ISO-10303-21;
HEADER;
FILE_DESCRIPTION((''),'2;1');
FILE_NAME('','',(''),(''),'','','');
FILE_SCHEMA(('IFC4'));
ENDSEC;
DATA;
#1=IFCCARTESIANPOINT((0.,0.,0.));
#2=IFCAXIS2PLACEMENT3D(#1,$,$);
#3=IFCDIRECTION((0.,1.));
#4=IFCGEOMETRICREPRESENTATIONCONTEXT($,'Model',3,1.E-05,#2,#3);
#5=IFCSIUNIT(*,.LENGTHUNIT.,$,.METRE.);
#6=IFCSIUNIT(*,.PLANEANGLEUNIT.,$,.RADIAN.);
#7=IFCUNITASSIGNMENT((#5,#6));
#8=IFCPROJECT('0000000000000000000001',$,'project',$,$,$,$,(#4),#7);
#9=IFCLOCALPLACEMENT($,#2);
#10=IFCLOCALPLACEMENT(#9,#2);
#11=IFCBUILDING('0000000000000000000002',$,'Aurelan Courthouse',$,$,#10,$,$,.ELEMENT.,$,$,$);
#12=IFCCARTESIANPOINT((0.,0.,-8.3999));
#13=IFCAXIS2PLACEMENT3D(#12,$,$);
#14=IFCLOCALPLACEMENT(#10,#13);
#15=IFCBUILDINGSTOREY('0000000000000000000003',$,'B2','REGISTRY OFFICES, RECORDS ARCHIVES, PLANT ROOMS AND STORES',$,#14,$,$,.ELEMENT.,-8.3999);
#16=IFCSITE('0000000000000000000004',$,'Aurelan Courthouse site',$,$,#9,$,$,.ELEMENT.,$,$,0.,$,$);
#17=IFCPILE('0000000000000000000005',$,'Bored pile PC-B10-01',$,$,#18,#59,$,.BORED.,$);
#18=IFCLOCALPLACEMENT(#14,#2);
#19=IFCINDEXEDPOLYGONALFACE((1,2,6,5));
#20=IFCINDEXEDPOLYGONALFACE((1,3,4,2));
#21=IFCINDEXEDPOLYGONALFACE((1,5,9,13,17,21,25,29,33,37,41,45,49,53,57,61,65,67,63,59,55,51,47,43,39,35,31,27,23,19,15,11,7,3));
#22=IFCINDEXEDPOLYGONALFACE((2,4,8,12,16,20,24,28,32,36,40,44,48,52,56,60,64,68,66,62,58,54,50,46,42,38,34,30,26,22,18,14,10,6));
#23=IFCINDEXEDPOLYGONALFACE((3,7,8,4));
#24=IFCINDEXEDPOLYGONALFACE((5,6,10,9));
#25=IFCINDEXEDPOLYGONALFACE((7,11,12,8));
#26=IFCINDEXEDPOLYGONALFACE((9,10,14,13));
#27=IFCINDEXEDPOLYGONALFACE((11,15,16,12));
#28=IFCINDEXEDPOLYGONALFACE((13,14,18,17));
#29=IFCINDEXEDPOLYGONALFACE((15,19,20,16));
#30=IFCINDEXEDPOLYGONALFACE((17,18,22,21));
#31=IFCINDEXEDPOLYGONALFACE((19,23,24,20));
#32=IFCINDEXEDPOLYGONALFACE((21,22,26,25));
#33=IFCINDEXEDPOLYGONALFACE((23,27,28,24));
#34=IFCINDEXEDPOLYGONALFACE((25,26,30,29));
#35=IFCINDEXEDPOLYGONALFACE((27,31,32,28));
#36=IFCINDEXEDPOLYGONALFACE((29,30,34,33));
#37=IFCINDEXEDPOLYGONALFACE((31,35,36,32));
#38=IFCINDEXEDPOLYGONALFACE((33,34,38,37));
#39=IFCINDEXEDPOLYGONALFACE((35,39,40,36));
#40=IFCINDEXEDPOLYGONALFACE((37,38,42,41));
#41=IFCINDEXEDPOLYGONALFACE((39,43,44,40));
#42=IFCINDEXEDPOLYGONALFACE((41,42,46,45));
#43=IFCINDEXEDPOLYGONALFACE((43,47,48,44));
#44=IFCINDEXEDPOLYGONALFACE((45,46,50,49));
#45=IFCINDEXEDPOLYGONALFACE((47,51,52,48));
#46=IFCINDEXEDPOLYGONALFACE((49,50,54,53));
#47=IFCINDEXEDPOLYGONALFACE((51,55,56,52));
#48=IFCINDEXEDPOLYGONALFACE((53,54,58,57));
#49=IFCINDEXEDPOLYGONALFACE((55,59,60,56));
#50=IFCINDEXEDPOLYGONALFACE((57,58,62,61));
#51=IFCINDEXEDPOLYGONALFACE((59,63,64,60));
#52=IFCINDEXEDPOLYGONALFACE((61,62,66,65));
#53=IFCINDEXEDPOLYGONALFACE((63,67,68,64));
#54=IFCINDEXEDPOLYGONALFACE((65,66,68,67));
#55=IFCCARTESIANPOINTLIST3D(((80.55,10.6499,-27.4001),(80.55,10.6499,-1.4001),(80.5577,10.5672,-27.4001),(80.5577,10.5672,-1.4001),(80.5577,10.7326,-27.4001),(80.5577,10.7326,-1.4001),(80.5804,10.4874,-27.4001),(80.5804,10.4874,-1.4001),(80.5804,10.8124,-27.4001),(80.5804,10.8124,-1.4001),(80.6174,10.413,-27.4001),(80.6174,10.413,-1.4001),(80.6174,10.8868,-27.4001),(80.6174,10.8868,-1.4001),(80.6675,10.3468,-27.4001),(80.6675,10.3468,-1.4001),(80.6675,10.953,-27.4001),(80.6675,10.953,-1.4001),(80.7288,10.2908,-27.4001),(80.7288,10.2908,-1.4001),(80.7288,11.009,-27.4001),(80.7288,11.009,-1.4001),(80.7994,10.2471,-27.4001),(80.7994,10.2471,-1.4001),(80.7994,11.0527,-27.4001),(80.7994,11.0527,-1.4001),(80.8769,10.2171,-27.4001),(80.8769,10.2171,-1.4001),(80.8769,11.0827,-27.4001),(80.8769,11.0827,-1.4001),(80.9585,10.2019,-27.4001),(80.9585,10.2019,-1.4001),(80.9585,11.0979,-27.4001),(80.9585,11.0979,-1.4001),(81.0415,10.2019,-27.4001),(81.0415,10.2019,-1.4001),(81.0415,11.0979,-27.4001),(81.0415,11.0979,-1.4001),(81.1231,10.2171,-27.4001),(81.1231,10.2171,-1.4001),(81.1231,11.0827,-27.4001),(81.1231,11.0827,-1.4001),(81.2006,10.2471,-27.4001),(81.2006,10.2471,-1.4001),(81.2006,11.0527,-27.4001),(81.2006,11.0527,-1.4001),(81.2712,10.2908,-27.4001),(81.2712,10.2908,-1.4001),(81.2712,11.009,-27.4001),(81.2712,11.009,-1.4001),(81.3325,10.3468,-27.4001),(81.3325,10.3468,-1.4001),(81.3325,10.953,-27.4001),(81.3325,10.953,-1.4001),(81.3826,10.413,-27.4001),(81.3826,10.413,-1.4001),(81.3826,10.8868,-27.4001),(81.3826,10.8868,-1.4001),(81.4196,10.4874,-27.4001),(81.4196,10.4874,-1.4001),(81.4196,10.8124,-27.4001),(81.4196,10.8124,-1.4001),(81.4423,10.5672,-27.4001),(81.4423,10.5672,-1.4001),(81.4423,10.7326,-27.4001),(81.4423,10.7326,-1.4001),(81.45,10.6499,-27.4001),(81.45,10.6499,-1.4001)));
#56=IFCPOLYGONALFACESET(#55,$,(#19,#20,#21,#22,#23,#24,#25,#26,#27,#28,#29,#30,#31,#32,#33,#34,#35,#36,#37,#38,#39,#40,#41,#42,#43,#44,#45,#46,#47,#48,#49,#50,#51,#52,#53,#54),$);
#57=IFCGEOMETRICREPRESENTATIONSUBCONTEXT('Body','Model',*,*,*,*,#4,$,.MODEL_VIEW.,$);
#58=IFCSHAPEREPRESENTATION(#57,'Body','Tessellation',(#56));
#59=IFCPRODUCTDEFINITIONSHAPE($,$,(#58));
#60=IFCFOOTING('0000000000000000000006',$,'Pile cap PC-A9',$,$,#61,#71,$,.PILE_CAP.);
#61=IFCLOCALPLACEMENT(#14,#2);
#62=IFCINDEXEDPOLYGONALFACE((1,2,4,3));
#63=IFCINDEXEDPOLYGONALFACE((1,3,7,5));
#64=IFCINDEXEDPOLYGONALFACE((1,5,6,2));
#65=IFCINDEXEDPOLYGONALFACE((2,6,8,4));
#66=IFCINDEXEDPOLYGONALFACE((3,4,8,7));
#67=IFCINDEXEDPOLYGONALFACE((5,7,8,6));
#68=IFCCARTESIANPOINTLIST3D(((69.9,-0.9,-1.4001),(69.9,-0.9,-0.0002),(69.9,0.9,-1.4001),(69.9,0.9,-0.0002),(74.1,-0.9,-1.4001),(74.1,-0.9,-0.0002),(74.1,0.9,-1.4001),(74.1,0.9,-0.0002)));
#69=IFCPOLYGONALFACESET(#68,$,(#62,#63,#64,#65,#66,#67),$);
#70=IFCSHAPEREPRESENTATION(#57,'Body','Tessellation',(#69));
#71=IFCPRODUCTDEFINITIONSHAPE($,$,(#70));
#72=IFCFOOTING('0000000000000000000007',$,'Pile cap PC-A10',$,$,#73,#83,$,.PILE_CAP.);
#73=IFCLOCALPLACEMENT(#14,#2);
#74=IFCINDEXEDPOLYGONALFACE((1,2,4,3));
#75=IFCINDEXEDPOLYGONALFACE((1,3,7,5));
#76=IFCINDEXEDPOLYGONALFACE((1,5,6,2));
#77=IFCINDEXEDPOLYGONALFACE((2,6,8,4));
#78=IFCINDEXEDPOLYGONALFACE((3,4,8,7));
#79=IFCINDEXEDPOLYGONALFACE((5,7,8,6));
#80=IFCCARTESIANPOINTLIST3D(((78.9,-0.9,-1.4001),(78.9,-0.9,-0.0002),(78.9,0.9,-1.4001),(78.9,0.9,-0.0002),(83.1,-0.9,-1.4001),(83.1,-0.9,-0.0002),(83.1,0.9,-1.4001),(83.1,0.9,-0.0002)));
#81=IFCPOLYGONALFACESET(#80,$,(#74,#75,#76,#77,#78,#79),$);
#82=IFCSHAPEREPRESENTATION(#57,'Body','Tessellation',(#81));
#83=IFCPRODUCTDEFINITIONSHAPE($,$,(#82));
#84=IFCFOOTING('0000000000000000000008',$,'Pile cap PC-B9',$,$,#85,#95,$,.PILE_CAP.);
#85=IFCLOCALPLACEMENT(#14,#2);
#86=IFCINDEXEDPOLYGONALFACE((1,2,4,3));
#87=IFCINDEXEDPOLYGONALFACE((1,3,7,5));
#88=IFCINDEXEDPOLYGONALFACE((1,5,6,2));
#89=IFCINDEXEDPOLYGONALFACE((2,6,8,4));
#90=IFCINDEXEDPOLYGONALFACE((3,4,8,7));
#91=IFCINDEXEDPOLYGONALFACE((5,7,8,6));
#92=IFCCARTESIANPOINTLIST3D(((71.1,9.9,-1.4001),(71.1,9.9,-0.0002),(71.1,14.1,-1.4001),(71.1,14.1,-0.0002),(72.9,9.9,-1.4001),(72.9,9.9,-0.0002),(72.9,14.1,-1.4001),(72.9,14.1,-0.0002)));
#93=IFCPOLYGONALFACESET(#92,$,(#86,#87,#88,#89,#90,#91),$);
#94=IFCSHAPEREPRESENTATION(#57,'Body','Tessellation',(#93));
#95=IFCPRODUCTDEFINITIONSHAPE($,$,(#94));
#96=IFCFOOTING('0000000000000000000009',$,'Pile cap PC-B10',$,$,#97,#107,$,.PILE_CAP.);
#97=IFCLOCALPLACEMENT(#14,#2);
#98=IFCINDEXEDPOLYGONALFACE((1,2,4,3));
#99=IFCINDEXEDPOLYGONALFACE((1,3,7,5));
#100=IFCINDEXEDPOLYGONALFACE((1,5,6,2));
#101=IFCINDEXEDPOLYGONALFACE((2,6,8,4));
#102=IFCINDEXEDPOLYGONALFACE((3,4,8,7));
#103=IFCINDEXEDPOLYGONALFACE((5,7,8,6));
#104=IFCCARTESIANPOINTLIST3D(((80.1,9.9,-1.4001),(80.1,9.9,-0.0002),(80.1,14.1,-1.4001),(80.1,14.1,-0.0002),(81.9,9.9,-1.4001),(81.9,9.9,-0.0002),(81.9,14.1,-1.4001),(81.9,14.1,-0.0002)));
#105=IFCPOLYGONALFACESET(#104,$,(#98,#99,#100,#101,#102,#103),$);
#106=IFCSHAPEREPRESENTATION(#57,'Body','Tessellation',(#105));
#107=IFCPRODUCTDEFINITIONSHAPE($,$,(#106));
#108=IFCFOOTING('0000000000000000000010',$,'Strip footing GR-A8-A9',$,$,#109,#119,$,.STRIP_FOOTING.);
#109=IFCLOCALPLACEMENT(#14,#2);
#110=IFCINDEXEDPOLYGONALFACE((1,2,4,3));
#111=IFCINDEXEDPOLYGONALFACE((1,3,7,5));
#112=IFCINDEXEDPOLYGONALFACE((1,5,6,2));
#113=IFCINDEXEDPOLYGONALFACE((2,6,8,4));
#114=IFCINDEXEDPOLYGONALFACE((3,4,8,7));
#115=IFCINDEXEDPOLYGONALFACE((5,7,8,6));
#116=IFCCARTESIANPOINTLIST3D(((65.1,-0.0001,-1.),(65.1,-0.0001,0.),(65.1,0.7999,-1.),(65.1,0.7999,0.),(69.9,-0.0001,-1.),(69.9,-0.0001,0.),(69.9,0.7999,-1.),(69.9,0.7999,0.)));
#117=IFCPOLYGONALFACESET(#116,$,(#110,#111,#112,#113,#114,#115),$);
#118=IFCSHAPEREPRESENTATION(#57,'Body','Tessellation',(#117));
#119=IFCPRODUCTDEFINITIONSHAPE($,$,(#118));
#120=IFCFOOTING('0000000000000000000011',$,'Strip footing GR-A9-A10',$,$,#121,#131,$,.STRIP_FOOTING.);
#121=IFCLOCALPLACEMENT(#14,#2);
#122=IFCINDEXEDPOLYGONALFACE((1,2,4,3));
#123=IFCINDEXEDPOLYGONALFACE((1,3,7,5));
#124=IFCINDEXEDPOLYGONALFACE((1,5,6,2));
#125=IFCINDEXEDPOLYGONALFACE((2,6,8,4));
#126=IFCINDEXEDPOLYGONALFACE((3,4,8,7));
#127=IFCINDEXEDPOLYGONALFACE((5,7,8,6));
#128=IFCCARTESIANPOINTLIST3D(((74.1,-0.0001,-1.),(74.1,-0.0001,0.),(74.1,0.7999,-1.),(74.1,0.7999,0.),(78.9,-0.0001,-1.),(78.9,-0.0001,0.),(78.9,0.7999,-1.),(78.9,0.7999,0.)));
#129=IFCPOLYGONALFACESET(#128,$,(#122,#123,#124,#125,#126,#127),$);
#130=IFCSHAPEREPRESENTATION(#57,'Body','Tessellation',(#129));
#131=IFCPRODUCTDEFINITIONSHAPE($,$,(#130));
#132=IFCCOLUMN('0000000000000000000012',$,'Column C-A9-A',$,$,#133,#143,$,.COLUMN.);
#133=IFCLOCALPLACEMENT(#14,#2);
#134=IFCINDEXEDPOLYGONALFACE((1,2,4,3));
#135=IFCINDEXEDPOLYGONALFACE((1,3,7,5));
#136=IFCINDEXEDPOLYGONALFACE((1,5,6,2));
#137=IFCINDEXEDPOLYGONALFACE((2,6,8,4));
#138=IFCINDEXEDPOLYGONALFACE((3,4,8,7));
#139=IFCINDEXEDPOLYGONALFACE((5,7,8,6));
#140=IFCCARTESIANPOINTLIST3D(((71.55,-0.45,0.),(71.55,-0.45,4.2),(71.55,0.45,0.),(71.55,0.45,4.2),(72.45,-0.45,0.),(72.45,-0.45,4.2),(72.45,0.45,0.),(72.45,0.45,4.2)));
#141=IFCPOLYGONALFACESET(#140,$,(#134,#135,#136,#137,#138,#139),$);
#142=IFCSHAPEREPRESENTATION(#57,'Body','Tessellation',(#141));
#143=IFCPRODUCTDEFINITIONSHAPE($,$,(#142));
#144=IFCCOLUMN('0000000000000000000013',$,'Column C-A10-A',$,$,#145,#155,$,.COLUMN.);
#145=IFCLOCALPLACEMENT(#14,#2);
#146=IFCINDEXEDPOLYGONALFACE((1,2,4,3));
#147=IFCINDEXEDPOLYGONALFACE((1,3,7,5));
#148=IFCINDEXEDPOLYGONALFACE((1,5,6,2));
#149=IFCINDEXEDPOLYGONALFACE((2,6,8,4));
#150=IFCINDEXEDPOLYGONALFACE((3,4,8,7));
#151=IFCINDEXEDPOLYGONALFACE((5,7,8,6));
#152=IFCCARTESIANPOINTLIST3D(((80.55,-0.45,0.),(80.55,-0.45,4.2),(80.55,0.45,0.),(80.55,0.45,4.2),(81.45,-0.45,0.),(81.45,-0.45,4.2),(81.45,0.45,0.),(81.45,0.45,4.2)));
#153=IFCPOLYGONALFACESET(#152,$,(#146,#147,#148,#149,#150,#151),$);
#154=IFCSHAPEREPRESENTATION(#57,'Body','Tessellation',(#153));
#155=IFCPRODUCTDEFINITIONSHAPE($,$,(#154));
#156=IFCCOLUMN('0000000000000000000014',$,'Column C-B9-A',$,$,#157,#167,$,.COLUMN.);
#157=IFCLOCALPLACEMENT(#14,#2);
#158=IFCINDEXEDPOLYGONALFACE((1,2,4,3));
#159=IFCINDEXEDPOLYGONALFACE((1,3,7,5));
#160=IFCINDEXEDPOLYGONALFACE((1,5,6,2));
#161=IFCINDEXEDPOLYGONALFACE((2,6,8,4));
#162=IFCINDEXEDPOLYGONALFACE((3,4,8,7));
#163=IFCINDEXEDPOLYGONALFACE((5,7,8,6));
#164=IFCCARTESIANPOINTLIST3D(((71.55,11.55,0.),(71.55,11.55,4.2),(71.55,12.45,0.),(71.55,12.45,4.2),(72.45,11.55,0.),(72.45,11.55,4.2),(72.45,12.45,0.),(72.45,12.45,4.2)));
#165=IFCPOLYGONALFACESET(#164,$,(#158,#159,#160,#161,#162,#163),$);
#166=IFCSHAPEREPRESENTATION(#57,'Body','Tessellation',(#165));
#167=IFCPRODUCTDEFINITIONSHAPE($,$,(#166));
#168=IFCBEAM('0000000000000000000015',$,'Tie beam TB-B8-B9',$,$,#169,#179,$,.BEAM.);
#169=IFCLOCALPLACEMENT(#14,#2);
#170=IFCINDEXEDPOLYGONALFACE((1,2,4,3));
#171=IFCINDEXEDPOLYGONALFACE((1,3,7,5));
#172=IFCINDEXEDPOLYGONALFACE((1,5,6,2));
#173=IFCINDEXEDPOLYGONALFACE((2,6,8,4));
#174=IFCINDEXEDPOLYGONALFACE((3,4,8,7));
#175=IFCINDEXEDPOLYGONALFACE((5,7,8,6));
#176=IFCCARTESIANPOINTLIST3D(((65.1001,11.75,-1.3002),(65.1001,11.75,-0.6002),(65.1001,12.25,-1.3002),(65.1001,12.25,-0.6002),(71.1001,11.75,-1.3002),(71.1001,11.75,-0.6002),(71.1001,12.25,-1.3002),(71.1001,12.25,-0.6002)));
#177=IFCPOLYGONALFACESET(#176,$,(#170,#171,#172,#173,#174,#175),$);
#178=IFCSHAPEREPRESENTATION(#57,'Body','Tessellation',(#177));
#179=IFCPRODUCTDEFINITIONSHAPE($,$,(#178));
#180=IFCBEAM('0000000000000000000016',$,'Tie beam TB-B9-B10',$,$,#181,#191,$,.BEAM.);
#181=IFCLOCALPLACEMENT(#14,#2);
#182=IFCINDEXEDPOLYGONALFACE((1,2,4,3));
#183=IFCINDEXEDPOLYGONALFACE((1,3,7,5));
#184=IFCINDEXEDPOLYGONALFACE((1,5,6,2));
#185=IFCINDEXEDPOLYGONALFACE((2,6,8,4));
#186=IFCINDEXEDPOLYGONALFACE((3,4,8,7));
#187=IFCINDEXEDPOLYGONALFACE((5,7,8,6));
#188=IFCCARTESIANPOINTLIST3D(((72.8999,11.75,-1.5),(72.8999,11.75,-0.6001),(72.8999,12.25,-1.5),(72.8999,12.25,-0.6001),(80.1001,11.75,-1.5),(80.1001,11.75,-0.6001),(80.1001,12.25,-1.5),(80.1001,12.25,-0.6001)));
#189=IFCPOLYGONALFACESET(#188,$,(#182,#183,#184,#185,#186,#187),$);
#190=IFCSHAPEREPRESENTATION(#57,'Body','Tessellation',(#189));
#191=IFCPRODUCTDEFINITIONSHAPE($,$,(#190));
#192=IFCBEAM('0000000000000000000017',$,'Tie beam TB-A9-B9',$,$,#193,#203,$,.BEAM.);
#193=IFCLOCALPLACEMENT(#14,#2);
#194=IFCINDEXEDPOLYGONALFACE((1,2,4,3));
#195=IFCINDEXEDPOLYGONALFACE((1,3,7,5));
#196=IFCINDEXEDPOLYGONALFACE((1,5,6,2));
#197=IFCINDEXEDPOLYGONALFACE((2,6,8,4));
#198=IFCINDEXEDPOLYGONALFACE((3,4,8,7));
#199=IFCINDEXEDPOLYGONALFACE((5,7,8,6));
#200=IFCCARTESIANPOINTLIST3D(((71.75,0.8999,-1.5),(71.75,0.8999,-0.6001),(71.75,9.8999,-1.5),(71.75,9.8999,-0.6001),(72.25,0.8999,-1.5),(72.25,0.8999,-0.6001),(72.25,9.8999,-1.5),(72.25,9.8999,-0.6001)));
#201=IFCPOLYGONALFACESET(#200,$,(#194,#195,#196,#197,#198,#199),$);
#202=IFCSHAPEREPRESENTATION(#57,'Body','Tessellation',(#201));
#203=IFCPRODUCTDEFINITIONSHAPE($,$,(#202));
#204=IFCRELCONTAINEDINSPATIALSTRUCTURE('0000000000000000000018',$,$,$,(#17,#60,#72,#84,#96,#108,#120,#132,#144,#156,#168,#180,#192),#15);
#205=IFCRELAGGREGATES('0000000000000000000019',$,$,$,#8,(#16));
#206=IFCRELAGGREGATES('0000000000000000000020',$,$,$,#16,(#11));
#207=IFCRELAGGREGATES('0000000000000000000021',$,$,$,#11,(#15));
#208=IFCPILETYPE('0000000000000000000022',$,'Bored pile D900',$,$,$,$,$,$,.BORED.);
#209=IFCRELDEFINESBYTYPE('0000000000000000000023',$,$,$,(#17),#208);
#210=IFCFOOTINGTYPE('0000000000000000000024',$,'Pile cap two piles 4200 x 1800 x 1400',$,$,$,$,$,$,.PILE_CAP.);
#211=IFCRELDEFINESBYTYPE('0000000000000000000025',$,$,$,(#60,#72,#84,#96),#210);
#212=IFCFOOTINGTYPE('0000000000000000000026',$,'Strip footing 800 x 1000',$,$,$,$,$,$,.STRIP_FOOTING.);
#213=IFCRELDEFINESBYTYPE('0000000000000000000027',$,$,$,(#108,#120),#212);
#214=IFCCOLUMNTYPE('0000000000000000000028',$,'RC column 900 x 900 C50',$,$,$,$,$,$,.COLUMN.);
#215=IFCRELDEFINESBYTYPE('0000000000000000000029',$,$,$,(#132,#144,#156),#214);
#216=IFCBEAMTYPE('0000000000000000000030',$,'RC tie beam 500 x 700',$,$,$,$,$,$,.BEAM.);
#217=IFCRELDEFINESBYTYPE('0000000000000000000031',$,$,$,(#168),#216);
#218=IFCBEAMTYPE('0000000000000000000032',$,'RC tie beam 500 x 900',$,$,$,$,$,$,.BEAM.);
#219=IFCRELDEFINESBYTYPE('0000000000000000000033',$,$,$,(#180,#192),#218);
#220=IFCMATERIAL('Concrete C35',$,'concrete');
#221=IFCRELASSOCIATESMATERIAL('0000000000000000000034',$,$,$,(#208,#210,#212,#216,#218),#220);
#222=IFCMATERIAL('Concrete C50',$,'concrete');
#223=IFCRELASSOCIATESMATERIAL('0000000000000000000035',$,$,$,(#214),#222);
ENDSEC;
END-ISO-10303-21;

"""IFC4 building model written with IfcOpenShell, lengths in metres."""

from ifc_helpers import new_model, si_unit, direction, frame, origin, origin_2d, place, context, subcontext, project, spatial, rectangle, circle, extrude, material, material_profile, profile_set, type_object, element, save


model = new_model("IFC4")

# Units and contexts
model_context = context("Model", 3, precision=1e-05, world=origin(), true_north=direction((0.0, 1.0)))
body_context = subcontext(model_context, "Body", "Model", "MODEL_VIEW")
ifc_project = project(units=[si_unit("LENGTHUNIT", "METRE"), si_unit("PLANEANGLEUNIT", "RADIAN")], contexts=[model_context])

# Site, building, storey
site_placement = place(None, origin())
site = spatial("IfcSite", under=ifc_project, at=site_placement, Name="Aurelan Courthouse site", CompositionType="ELEMENT", RefElevation=0.0)
building_placement = place(site_placement, origin())
building = spatial("IfcBuilding", under=site, at=building_placement, Name="Aurelan Courthouse", CompositionType="ELEMENT")
storey_placement = place(building_placement, frame((0.0, 0.0, -8.3999)))
storey = spatial("IfcBuildingStorey", under=building, at=storey_placement, Name="B2", Description="REGISTRY OFFICES, RECORDS ARCHIVES, PLANT ROOMS AND STORES", CompositionType="ELEMENT", Elevation=-8.3999)

# Pile
ifc_material_1 = material(Name="Concrete C35", Category="concrete")
ifc_material_profile_1 = material_profile(ifc_material_1, circle(Radius=0.45, at=origin_2d()), Name="D900")
ifc_profile_set_1 = profile_set([ifc_material_profile_1], Name="Concrete C35")
pile_type = type_object("IfcPileType", Name="Bored pile D900", PredefinedType="BORED", material=ifc_profile_set_1)
for number, where, z_axis, x_axis, name in (
    (1, (81.0, 10.6499, -1.4001), (0.0, 0.0, -1.0), (1.0, 0.0, 0.0), "Bored pile PC-B10-01"),
):
    element("IfcPile", number, at=place(storey_placement, frame(where, z_axis=z_axis, x_axis=x_axis)), inside=storey, type_object=pile_type, Name=name, PredefinedType="BORED", context=body_context, shape_type="SweptSolid", body=[
        extrude(circle(Radius=0.45, at=origin_2d()), origin(), (0.0, 0.0, 1.0), 26.0),
    ])

# Footings
footing_type_1 = type_object("IfcFootingType", Name="Pile cap two piles 4200 x 1800 x 1400", PredefinedType="PILE_CAP", material=ifc_material_1)
for number, where, z_axis, x_axis, name in (
    (2, (72.0, 0.0, -1.4001), (0.0, 0.0, 1.0), (1.0, 0.0, 0.0), "Pile cap PC-A9"),
    (3, (81.0, 0.0, -1.4001), (0.0, 0.0, 1.0), (1.0, 0.0, 0.0), "Pile cap PC-A10"),
    (4, (72.0, 12.0, -1.4001), (0.0, 0.0, 1.0), (0.0, 1.0, 0.0), "Pile cap PC-B9"),
    (5, (81.0, 12.0, -1.4001), (0.0, 0.0, 1.0), (0.0, 1.0, 0.0), "Pile cap PC-B10"),
):
    element("IfcFooting", number, at=place(storey_placement, frame(where, z_axis=z_axis, x_axis=x_axis)), inside=storey, type_object=footing_type_1, Name=name, PredefinedType="PILE_CAP", context=body_context, shape_type="SweptSolid", body=[
        extrude(rectangle(XDim=4.2, YDim=1.8, at=origin_2d()), origin(), (0.0, 0.0, 1.0), 1.3999),
    ])
footing_type_2 = type_object("IfcFootingType", Name="Strip footing 800 x 1000", PredefinedType="STRIP_FOOTING", material=ifc_material_1)
for number, where, z_axis, x_axis, name in (
    (6, (67.5, 0.3999, -1.0), (0.0, 0.0, 1.0), (1.0, 0.0, 0.0), "Strip footing GR-A8-A9"),
    (7, (76.5, 0.3999, -1.0), (0.0, 0.0, 1.0), (1.0, 0.0, 0.0), "Strip footing GR-A9-A10"),
):
    element("IfcFooting", number, at=place(storey_placement, frame(where, z_axis=z_axis, x_axis=x_axis)), inside=storey, type_object=footing_type_2, Name=name, PredefinedType="STRIP_FOOTING", context=body_context, shape_type="SweptSolid", body=[
        extrude(rectangle(XDim=4.8, YDim=0.8, at=origin_2d()), origin(), (0.0, 0.0, 1.0), 1.0),
    ])

# Columns
ifc_material_2 = material(Name="Concrete C50", Category="concrete")
ifc_material_profile_2 = material_profile(ifc_material_2, rectangle(XDim=0.8999, YDim=0.8999, at=origin_2d()), Name="RC 900 x 900")
ifc_profile_set_2 = profile_set([ifc_material_profile_2], Name="Concrete C50")
column_type = type_object("IfcColumnType", Name="RC column 900 x 900 C50", PredefinedType="COLUMN", material=ifc_profile_set_2)
for number, where, z_axis, x_axis, name in (
    (8, (72.0, 0.0, 0.0), (0.0, 0.0, 1.0), (1.0, 0.0, 0.0), "Column C-A9-A"),
    (9, (81.0, 0.0, 0.0), (0.0, 0.0, 1.0), (1.0, 0.0, 0.0), "Column C-A10-A"),
    (10, (72.0, 12.0, 0.0), (0.0, 0.0, 1.0), (1.0, 0.0, 0.0), "Column C-B9-A"),
):
    element("IfcColumn", number, at=place(storey_placement, frame(where, z_axis=z_axis, x_axis=x_axis)), inside=storey, type_object=column_type, Name=name, PredefinedType="COLUMN", context=body_context, shape_type="SweptSolid", body=[
        extrude(rectangle(XDim=0.8999, YDim=0.8999, at=origin_2d()), origin(), (0.0, 0.0, 1.0), 4.2),
    ])

# Beams
ifc_material_profile_3 = material_profile(ifc_material_1, rectangle(XDim=0.5, YDim=0.7, at=origin_2d()), Name="RC 500 x 700")
ifc_profile_set_3 = profile_set([ifc_material_profile_3], Name="Concrete C35")
beam_type_1 = type_object("IfcBeamType", Name="RC tie beam 500 x 700", PredefinedType="BEAM", material=ifc_profile_set_3)
beam_1_placement = place(storey_placement, frame((65.1001, 12.0, -0.9502), z_axis=(1.0, 0.0, 0.0), x_axis=(0.0, 1.0, 0.0)))
element("IfcBeam", 11, at=beam_1_placement, inside=storey, type_object=beam_type_1, Name="Tie beam TB-B8-B9", PredefinedType="BEAM", context=body_context, shape_type="SweptSolid", body=[
    extrude(rectangle(XDim=0.5, YDim=0.7, at=origin_2d()), origin(), (0.0, 0.0, 1.0), 6.0),
])
ifc_material_profile_4 = material_profile(ifc_material_1, rectangle(XDim=0.5, YDim=0.8999, at=origin_2d()), Name="RC 500 x 900")
ifc_profile_set_4 = profile_set([ifc_material_profile_4], Name="Concrete C35")
beam_type_2 = type_object("IfcBeamType", Name="RC tie beam 500 x 900", PredefinedType="BEAM", material=ifc_profile_set_4)
beam_2_placement = place(storey_placement, frame((72.8999, 12.0, -1.05), z_axis=(1.0, 0.0, 0.0), x_axis=(0.0, 1.0, 0.0)))
element("IfcBeam", 12, at=beam_2_placement, inside=storey, type_object=beam_type_2, Name="Tie beam TB-B9-B10", PredefinedType="BEAM", context=body_context, shape_type="SweptSolid", body=[
    extrude(rectangle(XDim=0.5, YDim=0.8999, at=origin_2d()), origin(), (0.0, 0.0, 1.0), 7.2002),
])
beam_3_placement = place(storey_placement, frame((72.0, 0.8999, -1.05), z_axis=(0.0, 1.0, 0.0), x_axis=(-1.0, 0.0, 0.0)))
element("IfcBeam", 13, at=beam_3_placement, inside=storey, type_object=beam_type_2, Name="Tie beam TB-A9-B9", PredefinedType="BEAM", context=body_context, shape_type="SweptSolid", body=[
    extrude(rectangle(XDim=0.5, YDim=0.8999, at=origin_2d()), origin(), (0.0, 0.0, 1.0), 9.0),
])

save(model, "model.ifc")
